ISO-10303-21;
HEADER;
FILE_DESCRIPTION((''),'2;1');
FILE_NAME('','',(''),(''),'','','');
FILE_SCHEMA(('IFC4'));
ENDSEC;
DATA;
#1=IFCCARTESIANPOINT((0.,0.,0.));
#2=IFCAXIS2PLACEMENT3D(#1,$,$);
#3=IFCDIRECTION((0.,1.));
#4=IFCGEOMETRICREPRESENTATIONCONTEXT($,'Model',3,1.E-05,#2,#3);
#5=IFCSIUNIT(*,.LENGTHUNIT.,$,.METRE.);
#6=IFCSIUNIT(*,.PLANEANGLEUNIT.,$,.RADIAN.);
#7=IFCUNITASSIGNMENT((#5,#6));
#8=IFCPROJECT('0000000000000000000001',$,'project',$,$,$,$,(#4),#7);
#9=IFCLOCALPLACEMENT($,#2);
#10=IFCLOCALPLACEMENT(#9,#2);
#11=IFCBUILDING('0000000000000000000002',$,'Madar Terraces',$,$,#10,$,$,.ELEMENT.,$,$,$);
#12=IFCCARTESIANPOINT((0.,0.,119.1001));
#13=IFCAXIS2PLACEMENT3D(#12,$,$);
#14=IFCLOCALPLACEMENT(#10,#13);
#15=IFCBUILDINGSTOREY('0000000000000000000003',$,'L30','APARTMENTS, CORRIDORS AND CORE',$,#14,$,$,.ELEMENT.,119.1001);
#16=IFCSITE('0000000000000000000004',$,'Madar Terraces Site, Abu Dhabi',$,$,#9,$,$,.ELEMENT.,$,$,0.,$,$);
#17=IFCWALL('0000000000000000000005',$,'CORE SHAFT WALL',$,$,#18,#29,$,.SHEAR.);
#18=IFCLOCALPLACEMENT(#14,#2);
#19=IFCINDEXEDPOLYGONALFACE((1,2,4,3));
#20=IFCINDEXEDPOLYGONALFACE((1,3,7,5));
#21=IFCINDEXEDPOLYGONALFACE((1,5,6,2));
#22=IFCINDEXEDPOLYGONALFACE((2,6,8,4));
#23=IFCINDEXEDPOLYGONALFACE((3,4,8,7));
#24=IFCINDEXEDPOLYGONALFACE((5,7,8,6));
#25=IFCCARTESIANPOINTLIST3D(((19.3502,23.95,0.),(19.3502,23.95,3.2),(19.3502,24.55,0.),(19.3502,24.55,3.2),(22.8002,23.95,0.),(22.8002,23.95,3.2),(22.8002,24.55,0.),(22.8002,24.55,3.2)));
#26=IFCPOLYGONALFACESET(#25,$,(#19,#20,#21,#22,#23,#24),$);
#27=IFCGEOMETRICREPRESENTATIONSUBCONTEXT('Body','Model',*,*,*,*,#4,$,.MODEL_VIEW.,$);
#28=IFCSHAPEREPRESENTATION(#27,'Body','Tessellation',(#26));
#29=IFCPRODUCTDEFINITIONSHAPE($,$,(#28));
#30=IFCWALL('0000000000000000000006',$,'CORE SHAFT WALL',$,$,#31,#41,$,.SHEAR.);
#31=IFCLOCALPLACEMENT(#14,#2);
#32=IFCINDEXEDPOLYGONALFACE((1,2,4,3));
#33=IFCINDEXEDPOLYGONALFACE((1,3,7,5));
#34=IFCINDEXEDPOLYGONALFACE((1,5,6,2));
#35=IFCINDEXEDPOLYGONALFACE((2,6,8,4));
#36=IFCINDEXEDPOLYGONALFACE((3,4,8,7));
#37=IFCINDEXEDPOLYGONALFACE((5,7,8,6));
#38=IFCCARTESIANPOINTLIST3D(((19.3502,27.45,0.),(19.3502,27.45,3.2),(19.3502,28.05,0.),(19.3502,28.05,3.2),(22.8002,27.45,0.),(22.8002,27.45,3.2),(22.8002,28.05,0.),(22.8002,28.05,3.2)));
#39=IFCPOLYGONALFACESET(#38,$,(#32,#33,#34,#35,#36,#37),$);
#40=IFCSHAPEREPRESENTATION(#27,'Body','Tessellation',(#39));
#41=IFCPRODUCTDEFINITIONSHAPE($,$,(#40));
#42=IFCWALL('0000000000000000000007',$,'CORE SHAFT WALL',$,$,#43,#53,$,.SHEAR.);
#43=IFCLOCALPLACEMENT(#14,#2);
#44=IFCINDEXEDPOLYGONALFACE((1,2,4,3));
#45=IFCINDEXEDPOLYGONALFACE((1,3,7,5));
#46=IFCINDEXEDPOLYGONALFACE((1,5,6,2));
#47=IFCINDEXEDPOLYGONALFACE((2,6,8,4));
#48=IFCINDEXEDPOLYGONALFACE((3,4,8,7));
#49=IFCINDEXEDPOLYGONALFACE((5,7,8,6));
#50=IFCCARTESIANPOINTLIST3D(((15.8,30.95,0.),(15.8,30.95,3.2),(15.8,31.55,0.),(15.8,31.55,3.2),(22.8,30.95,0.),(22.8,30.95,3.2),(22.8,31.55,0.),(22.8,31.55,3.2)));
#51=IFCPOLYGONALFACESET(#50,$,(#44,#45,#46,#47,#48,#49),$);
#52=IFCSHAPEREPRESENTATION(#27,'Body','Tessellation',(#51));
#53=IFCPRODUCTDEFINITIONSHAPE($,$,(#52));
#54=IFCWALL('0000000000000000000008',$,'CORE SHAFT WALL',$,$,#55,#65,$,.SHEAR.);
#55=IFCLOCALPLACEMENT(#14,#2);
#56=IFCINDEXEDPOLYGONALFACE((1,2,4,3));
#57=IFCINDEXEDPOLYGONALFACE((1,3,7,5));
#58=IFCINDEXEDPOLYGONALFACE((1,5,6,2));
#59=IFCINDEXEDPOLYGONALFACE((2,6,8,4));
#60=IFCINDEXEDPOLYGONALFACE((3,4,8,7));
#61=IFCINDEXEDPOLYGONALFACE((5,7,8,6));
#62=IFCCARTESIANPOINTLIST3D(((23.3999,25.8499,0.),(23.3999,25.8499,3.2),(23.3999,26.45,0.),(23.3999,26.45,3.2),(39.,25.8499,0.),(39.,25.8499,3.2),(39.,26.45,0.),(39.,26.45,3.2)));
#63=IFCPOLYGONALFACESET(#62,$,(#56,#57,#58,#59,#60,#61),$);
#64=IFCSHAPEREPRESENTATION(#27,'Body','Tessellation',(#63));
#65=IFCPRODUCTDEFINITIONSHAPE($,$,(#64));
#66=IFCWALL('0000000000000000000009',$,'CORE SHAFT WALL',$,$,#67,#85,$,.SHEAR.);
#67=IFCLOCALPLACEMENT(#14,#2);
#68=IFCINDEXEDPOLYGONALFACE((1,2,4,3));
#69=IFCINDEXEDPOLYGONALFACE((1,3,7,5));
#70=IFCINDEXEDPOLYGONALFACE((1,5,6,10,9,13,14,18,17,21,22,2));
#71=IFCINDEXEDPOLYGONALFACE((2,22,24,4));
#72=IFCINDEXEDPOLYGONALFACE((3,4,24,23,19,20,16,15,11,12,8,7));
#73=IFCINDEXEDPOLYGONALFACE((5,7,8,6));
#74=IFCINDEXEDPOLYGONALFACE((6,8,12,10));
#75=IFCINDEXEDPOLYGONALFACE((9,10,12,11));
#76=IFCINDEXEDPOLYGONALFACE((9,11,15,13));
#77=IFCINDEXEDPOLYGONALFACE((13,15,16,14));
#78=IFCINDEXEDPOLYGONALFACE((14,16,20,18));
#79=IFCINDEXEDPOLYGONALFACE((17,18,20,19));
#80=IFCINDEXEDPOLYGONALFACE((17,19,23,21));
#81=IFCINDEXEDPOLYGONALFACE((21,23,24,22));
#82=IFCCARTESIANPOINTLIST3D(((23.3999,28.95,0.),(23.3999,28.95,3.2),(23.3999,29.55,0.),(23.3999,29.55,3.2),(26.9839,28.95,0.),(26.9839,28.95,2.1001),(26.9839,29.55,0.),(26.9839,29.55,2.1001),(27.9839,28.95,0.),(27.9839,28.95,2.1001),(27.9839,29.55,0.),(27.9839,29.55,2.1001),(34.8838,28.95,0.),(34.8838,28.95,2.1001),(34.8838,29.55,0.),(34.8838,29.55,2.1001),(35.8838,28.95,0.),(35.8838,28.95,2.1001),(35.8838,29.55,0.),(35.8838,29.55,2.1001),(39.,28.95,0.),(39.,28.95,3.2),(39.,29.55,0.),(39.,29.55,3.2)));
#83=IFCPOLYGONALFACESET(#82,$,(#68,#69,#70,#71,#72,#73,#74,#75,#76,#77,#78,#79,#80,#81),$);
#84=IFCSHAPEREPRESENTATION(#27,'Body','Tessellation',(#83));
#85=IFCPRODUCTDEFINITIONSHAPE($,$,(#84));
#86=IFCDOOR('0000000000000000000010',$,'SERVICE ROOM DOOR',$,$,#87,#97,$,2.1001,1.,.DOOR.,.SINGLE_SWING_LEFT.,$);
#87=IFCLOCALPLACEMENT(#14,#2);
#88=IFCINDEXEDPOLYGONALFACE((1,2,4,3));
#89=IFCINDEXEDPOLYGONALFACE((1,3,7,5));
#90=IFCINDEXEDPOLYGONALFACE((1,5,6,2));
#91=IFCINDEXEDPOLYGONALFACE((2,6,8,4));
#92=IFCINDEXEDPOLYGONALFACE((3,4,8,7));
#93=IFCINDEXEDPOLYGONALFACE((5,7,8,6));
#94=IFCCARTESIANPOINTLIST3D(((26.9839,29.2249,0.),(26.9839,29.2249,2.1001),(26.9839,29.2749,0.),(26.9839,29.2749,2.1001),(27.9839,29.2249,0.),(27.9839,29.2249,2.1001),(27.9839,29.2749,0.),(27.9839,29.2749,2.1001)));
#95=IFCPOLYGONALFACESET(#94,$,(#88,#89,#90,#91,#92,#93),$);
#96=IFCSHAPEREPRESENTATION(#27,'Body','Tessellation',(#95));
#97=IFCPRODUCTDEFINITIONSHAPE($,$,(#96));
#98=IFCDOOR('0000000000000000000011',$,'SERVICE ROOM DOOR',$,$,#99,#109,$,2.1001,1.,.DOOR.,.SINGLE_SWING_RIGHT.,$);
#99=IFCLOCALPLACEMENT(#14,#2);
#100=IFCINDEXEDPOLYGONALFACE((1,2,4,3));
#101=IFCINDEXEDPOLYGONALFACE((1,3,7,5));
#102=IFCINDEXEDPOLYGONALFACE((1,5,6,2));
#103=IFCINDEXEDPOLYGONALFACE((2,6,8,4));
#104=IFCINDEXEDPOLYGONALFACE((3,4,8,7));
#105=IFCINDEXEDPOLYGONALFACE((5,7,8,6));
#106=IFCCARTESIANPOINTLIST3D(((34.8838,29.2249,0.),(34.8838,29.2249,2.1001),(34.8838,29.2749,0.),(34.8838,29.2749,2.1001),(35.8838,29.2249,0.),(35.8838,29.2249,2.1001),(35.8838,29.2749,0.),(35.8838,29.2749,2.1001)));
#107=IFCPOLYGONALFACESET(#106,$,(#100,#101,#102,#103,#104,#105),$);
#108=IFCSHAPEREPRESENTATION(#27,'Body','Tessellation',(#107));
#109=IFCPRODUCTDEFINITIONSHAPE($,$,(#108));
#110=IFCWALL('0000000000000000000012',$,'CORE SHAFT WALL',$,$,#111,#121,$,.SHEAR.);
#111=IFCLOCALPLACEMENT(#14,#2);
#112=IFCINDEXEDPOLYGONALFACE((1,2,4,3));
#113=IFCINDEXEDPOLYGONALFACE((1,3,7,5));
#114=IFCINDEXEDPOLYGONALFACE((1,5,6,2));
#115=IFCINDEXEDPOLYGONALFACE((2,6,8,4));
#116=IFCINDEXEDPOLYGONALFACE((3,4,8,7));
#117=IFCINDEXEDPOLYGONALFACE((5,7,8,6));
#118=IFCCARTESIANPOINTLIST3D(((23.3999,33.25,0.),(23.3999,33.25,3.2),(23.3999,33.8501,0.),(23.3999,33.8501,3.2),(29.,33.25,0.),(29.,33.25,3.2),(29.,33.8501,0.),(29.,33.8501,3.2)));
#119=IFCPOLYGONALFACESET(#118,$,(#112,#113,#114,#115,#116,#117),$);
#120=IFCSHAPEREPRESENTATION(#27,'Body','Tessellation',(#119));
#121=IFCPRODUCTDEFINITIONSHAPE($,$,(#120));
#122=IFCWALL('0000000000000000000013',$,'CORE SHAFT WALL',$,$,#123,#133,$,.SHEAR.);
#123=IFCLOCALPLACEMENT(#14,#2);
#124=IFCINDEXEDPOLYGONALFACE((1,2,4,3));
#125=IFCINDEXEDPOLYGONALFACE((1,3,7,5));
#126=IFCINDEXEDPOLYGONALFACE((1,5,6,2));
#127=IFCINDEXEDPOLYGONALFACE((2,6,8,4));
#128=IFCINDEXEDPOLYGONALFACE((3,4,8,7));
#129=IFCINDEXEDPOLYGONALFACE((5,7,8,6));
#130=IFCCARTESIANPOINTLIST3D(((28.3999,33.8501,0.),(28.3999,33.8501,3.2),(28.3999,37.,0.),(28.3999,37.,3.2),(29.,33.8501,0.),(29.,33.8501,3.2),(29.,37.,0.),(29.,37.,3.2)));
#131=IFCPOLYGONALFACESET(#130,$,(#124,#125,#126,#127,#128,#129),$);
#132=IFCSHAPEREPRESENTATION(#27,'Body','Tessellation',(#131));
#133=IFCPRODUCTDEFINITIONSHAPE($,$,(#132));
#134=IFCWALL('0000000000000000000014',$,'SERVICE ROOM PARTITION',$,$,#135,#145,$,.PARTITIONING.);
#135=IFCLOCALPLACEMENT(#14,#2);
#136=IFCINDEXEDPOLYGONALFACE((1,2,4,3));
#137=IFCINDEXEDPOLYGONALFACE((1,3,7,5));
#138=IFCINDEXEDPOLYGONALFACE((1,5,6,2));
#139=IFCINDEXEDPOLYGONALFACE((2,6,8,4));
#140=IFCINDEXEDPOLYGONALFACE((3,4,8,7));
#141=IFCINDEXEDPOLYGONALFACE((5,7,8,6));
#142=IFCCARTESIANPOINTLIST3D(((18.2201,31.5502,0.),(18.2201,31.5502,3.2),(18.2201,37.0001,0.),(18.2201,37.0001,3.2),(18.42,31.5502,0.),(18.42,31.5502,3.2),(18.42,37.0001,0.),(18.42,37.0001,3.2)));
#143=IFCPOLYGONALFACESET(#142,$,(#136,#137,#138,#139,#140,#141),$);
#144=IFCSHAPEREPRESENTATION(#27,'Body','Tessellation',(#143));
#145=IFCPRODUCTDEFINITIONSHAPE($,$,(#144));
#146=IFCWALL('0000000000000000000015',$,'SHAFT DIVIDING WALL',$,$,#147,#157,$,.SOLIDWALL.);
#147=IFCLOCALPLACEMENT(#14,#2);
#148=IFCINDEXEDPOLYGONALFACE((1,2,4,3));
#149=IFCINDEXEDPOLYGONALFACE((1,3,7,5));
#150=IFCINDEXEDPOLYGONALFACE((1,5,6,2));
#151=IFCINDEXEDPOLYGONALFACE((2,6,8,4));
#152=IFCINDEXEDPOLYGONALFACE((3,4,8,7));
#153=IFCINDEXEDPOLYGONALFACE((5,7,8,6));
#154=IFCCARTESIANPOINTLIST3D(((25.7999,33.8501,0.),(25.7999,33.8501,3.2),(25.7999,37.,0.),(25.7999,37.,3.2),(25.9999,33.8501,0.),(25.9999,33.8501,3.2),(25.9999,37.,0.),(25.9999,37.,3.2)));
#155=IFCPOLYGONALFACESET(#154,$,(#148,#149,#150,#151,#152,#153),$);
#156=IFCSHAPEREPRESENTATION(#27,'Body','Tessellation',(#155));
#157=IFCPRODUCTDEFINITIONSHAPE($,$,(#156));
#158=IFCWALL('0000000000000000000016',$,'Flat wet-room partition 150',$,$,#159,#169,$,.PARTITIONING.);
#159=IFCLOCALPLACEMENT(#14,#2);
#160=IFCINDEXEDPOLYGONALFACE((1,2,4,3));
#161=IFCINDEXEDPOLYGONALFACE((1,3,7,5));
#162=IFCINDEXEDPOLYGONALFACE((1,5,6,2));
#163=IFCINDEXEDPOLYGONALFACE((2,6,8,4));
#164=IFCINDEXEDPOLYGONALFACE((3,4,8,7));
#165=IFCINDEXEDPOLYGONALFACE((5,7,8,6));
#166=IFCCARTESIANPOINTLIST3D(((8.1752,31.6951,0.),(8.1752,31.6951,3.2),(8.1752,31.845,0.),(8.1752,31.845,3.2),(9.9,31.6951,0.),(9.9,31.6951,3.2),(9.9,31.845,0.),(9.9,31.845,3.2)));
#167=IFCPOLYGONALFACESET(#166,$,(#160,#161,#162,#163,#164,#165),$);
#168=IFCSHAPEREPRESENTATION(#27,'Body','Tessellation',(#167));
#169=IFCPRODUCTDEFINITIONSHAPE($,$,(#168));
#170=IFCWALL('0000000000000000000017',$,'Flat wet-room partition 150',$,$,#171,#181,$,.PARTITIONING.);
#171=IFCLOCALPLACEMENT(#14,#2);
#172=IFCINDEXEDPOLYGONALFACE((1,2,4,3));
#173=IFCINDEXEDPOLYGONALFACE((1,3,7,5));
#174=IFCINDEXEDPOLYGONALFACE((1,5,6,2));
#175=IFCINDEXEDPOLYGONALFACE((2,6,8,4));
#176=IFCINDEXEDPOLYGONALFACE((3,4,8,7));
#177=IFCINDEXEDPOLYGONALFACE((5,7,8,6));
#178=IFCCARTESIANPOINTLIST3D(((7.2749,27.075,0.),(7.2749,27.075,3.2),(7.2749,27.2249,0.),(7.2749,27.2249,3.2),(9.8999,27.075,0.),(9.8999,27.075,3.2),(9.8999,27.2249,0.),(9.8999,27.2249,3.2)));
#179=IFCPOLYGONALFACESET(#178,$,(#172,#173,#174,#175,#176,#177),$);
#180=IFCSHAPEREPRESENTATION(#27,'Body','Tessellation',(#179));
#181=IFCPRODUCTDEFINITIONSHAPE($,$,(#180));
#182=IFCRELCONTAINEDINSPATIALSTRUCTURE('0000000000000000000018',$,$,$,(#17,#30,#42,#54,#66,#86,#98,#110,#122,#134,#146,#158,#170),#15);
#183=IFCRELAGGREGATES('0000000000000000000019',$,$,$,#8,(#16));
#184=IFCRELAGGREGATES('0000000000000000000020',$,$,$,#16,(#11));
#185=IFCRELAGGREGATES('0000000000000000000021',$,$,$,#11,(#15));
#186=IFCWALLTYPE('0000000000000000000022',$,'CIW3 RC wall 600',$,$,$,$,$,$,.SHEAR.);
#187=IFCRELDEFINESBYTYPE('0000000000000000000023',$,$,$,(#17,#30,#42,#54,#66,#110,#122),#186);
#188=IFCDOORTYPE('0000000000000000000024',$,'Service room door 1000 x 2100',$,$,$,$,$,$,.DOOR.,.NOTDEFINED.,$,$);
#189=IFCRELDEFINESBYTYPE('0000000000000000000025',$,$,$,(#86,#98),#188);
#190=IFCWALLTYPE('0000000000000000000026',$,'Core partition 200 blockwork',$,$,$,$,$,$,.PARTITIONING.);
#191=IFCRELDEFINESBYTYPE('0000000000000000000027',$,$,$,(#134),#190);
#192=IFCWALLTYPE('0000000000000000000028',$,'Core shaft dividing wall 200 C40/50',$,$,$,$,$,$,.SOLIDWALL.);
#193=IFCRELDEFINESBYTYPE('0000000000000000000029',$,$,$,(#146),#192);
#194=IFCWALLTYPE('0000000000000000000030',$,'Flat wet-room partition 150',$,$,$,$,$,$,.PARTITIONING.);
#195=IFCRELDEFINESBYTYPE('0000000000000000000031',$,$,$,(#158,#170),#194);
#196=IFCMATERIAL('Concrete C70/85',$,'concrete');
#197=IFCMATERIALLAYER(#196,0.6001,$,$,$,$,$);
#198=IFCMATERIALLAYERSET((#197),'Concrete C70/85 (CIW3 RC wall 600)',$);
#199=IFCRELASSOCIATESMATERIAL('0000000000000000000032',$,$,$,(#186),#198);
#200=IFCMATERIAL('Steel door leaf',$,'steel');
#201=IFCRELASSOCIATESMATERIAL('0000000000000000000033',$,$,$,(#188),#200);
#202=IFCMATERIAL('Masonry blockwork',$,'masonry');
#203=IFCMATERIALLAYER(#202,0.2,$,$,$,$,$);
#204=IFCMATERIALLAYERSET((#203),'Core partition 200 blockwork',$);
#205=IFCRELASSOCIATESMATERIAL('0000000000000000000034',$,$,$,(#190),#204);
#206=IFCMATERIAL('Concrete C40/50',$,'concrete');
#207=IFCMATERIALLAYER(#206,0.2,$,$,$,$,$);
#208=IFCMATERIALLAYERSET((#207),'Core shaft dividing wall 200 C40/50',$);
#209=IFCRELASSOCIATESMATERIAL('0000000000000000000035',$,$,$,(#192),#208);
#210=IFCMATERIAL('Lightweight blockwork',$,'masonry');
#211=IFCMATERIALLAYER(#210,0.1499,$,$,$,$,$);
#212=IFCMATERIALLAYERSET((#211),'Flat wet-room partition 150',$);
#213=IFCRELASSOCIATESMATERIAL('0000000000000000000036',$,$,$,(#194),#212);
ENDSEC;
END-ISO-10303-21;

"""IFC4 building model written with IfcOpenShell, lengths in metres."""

from ifc_helpers import new_model, si_unit, direction, frame, frame_2d, origin, place, context, subcontext, project, spatial, rectangle, extrude, material, layer, layer_set, type_object, element, fill, save


model = new_model("IFC4")

# Units and contexts
model_context = context("Model", 3, precision=1e-05, world=origin(), true_north=direction((0.0, 1.0)))
body_context = subcontext(model_context, "Body", "Model", "MODEL_VIEW")
ifc_project = project(units=[si_unit("LENGTHUNIT", "METRE"), si_unit("PLANEANGLEUNIT", "RADIAN")], contexts=[model_context])

# Site, building, storey
site_placement = place(None, origin())
site = spatial("IfcSite", under=ifc_project, at=site_placement, Name="Madar Terraces Site, Abu Dhabi", CompositionType="ELEMENT", RefElevation=0.0)
building_placement = place(site_placement, origin())
building = spatial("IfcBuilding", under=site, at=building_placement, Name="Madar Terraces", CompositionType="ELEMENT")
storey_placement = place(building_placement, frame((0.0, 0.0, 119.1001)))
storey = spatial("IfcBuildingStorey", under=building, at=storey_placement, Name="L30", Description="APARTMENTS, CORRIDORS AND CORE", CompositionType="ELEMENT", Elevation=119.1001)

# Walls
ifc_material_1 = material(Name="Concrete C70/85", Category="concrete")
ifc_layer_1 = layer(ifc_material_1, 0.6001)
ifc_layer_set_1 = layer_set([ifc_layer_1], Name="Concrete C70/85 (CIW3 RC wall 600)")
wall_type_1 = type_object("IfcWallType", Name="CIW3 RC wall 600", PredefinedType="SHEAR", material=ifc_layer_set_1)
for number, where, z_axis, x_axis, name in (
    (1, (19.3501, 24.25, 0.0), (0.0, 0.0, 1.0), (1.0, 0.0, 0.0), "CORE SHAFT WALL"),
    (2, (19.3501, 27.75, 0.0), (0.0, 0.0, 1.0), (1.0, 0.0, 0.0), "CORE SHAFT WALL"),
):
    element("IfcWall", number, at=place(storey_placement, frame(where, z_axis=z_axis, x_axis=x_axis)), inside=storey, type_object=wall_type_1, Name=name, PredefinedType="SHEAR", context=body_context, shape_type="SweptSolid", body=[
        extrude(rectangle(XDim=3.45, YDim=0.6001, at=frame_2d((1.7251, 0.0))), origin(), (0.0, 0.0, 1.0), 3.2),
    ])
wall_1_placement = place(storey_placement, frame((15.8, 31.25, 0.0), z_axis=(0.0, 0.0, 1.0), x_axis=(1.0, 0.0, 0.0)))
element("IfcWall", 3, at=wall_1_placement, inside=storey, type_object=wall_type_1, Name="CORE SHAFT WALL", PredefinedType="SHEAR", context=body_context, shape_type="SweptSolid", body=[
    extrude(rectangle(XDim=7.0, YDim=0.6001, at=frame_2d((3.5, 0.0))), origin(), (0.0, 0.0, 1.0), 3.2),
])
wall_2_placement = place(storey_placement, frame((23.3999, 26.1499, 0.0), z_axis=(0.0, 0.0, 1.0), x_axis=(1.0, 0.0, 0.0)))
element("IfcWall", 4, at=wall_2_placement, inside=storey, type_object=wall_type_1, Name="CORE SHAFT WALL", PredefinedType="SHEAR", context=body_context, shape_type="SweptSolid", body=[
    extrude(rectangle(XDim=15.6001, YDim=0.6001, at=frame_2d((7.8, 0.0))), origin(), (0.0, 0.0, 1.0), 3.2),
])

# Wall, openings, doors
wall_3_placement = place(storey_placement, frame((23.3999, 29.25, 0.0), z_axis=(0.0, 0.0, 1.0), x_axis=(1.0, 0.0, 0.0)))
wall_3 = element("IfcWall", 5, at=wall_3_placement, inside=storey, type_object=wall_type_1, Name="CORE SHAFT WALL", PredefinedType="SHEAR", context=body_context, shape_type="SweptSolid", body=[
    extrude(rectangle(XDim=15.6001, YDim=0.6001, at=frame_2d((7.8, 0.0))), origin(), (0.0, 0.0, 1.0), 3.2),
])
opening_1_placement = place(wall_3_placement, frame((3.584, 0.0, 0.0)))
opening_1 = element("IfcOpeningElement", 6, at=opening_1_placement, cuts=wall_3, PredefinedType="OPENING", context=body_context, shape_type="SweptSolid", body=[
    extrude(rectangle(XDim=1.0, YDim=2.1001, at=frame_2d((0.5, 1.05))), frame((0.0, 0.3101, 0.0), z_axis=(0.0, -1.0, 0.0), x_axis=(1.0, 0.0, 0.0)), (0.0, 0.0, 1.0), 0.6201),
])
opening_2_placement = place(wall_3_placement, frame((11.4839, 0.0, 0.0)))
opening_2 = element("IfcOpeningElement", 7, at=opening_2_placement, cuts=wall_3, PredefinedType="OPENING", context=body_context, shape_type="SweptSolid", body=[
    extrude(rectangle(XDim=1.0, YDim=2.1001, at=frame_2d((0.5, 1.05))), frame((0.0, 0.3101, 0.0), z_axis=(0.0, -1.0, 0.0), x_axis=(1.0, 0.0, 0.0)), (0.0, 0.0, 1.0), 0.6201),
])
ifc_material_2 = material(Name="Steel door leaf", Category="steel")
door_type = type_object("IfcDoorType", Name="Service room door 1000 x 2100", OperationType="NOTDEFINED", PredefinedType="DOOR", material=ifc_material_2)
door_1_placement = place(opening_1_placement, origin())
door_1 = element("IfcDoor", 8, at=door_1_placement, inside=storey, type_object=door_type, Name="SERVICE ROOM DOOR", OperationType="SINGLE_SWING_LEFT", OverallHeight=2.1001, OverallWidth=1.0, PredefinedType="DOOR", context=body_context, shape_type="SweptSolid", body=[
    extrude(rectangle(XDim=1.0, YDim=2.1001, at=frame_2d((0.5, 1.05))), frame((0.0, 0.0249, 0.0), z_axis=(0.0, -1.0, 0.0), x_axis=(1.0, 0.0, 0.0)), (0.0, 0.0, 1.0), 0.05),
])
fill(opening_1, door_1)
door_2_placement = place(opening_2_placement, origin())
door_2 = element("IfcDoor", 9, at=door_2_placement, inside=storey, type_object=door_type, Name="SERVICE ROOM DOOR", OperationType="SINGLE_SWING_RIGHT", OverallHeight=2.1001, OverallWidth=1.0, PredefinedType="DOOR", context=body_context, shape_type="SweptSolid", body=[
    extrude(rectangle(XDim=1.0, YDim=2.1001, at=frame_2d((0.5, 1.05))), frame((0.0, 0.0249, 0.0), z_axis=(0.0, -1.0, 0.0), x_axis=(1.0, 0.0, 0.0)), (0.0, 0.0, 1.0), 0.05),
])
fill(opening_2, door_2)

# Walls
wall_4_placement = place(storey_placement, frame((23.3999, 33.55, 0.0), z_axis=(0.0, 0.0, 1.0), x_axis=(1.0, 0.0, 0.0)))
element("IfcWall", 10, at=wall_4_placement, inside=storey, type_object=wall_type_1, Name="CORE SHAFT WALL", PredefinedType="SHEAR", context=body_context, shape_type="SweptSolid", body=[
    extrude(rectangle(XDim=5.6001, YDim=0.6001, at=frame_2d((2.8, 0.0))), origin(), (0.0, 0.0, 1.0), 3.2),
])
wall_5_placement = place(storey_placement, frame((28.7, 33.8501, 0.0), z_axis=(0.0, 0.0, 1.0), x_axis=(0.0, 1.0, 0.0)))
element("IfcWall", 11, at=wall_5_placement, inside=storey, type_object=wall_type_1, Name="CORE SHAFT WALL", PredefinedType="SHEAR", context=body_context, shape_type="SweptSolid", body=[
    extrude(rectangle(XDim=3.1499, YDim=0.6001, at=frame_2d((1.575, 0.0))), origin(), (0.0, 0.0, 1.0), 3.2),
])
ifc_material_3 = material(Name="Masonry blockwork", Category="masonry")
ifc_layer_2 = layer(ifc_material_3, 0.2)
ifc_layer_set_2 = layer_set([ifc_layer_2], Name="Core partition 200 blockwork")
wall_type_2 = type_object("IfcWallType", Name="Core partition 200 blockwork", PredefinedType="PARTITIONING", material=ifc_layer_set_2)
wall_6_placement = place(storey_placement, frame((18.3201, 31.55, 0.0), z_axis=(0.0, 0.0, 1.0), x_axis=(0.0, 1.0, 0.0)))
element("IfcWall", 12, at=wall_6_placement, inside=storey, type_object=wall_type_2, Name="SERVICE ROOM PARTITION", PredefinedType="PARTITIONING", context=body_context, shape_type="SweptSolid", body=[
    extrude(rectangle(XDim=5.45, YDim=0.2, at=frame_2d((2.7251, 0.0))), origin(), (0.0, 0.0, 1.0), 3.2),
])
ifc_material_4 = material(Name="Concrete C40/50", Category="concrete")
ifc_layer_3 = layer(ifc_material_4, 0.2)
ifc_layer_set_3 = layer_set([ifc_layer_3], Name="Core shaft dividing wall 200 C40/50")
wall_type_3 = type_object("IfcWallType", Name="Core shaft dividing wall 200 C40/50", PredefinedType="SOLIDWALL", material=ifc_layer_set_3)
wall_7_placement = place(storey_placement, frame((25.8999, 33.8501, 0.0), z_axis=(0.0, 0.0, 1.0), x_axis=(0.0, 1.0, 0.0)))
element("IfcWall", 13, at=wall_7_placement, inside=storey, type_object=wall_type_3, Name="SHAFT DIVIDING WALL", PredefinedType="SOLIDWALL", context=body_context, shape_type="SweptSolid", body=[
    extrude(rectangle(XDim=3.1499, YDim=0.2, at=frame_2d((1.575, 0.0))), origin(), (0.0, 0.0, 1.0), 3.2),
])
ifc_material_5 = material(Name="Lightweight blockwork", Category="masonry")
ifc_layer_4 = layer(ifc_material_5, 0.1499)
ifc_layer_set_4 = layer_set([ifc_layer_4], Name="Flat wet-room partition 150")
wall_type_4 = type_object("IfcWallType", Name="Flat wet-room partition 150", PredefinedType="PARTITIONING", material=ifc_layer_set_4)
wall_8_placement = place(storey_placement, frame((9.8999, 31.77, 0.0), z_axis=(0.0, 0.0, 1.0), x_axis=(-1.0, 0.0, 0.0)))
element("IfcWall", 14, at=wall_8_placement, inside=storey, type_object=wall_type_4, Name="Flat wet-room partition 150", PredefinedType="PARTITIONING", context=body_context, shape_type="SweptSolid", body=[
    extrude(rectangle(XDim=1.7249, YDim=0.1499, at=frame_2d((0.8623, 0.0))), origin(), (0.0, 0.0, 1.0), 3.2),
])
wall_9_placement = place(storey_placement, frame((9.8999, 27.1499, 0.0), z_axis=(0.0, 0.0, 1.0), x_axis=(-1.0, 0.0, 0.0)))
element("IfcWall", 15, at=wall_9_placement, inside=storey, type_object=wall_type_4, Name="Flat wet-room partition 150", PredefinedType="PARTITIONING", context=body_context, shape_type="SweptSolid", body=[
    extrude(rectangle(XDim=2.625, YDim=0.1499, at=frame_2d((1.3125, 0.0))), origin(), (0.0, 0.0, 1.0), 3.2),
])

save(model, "model.ifc")
